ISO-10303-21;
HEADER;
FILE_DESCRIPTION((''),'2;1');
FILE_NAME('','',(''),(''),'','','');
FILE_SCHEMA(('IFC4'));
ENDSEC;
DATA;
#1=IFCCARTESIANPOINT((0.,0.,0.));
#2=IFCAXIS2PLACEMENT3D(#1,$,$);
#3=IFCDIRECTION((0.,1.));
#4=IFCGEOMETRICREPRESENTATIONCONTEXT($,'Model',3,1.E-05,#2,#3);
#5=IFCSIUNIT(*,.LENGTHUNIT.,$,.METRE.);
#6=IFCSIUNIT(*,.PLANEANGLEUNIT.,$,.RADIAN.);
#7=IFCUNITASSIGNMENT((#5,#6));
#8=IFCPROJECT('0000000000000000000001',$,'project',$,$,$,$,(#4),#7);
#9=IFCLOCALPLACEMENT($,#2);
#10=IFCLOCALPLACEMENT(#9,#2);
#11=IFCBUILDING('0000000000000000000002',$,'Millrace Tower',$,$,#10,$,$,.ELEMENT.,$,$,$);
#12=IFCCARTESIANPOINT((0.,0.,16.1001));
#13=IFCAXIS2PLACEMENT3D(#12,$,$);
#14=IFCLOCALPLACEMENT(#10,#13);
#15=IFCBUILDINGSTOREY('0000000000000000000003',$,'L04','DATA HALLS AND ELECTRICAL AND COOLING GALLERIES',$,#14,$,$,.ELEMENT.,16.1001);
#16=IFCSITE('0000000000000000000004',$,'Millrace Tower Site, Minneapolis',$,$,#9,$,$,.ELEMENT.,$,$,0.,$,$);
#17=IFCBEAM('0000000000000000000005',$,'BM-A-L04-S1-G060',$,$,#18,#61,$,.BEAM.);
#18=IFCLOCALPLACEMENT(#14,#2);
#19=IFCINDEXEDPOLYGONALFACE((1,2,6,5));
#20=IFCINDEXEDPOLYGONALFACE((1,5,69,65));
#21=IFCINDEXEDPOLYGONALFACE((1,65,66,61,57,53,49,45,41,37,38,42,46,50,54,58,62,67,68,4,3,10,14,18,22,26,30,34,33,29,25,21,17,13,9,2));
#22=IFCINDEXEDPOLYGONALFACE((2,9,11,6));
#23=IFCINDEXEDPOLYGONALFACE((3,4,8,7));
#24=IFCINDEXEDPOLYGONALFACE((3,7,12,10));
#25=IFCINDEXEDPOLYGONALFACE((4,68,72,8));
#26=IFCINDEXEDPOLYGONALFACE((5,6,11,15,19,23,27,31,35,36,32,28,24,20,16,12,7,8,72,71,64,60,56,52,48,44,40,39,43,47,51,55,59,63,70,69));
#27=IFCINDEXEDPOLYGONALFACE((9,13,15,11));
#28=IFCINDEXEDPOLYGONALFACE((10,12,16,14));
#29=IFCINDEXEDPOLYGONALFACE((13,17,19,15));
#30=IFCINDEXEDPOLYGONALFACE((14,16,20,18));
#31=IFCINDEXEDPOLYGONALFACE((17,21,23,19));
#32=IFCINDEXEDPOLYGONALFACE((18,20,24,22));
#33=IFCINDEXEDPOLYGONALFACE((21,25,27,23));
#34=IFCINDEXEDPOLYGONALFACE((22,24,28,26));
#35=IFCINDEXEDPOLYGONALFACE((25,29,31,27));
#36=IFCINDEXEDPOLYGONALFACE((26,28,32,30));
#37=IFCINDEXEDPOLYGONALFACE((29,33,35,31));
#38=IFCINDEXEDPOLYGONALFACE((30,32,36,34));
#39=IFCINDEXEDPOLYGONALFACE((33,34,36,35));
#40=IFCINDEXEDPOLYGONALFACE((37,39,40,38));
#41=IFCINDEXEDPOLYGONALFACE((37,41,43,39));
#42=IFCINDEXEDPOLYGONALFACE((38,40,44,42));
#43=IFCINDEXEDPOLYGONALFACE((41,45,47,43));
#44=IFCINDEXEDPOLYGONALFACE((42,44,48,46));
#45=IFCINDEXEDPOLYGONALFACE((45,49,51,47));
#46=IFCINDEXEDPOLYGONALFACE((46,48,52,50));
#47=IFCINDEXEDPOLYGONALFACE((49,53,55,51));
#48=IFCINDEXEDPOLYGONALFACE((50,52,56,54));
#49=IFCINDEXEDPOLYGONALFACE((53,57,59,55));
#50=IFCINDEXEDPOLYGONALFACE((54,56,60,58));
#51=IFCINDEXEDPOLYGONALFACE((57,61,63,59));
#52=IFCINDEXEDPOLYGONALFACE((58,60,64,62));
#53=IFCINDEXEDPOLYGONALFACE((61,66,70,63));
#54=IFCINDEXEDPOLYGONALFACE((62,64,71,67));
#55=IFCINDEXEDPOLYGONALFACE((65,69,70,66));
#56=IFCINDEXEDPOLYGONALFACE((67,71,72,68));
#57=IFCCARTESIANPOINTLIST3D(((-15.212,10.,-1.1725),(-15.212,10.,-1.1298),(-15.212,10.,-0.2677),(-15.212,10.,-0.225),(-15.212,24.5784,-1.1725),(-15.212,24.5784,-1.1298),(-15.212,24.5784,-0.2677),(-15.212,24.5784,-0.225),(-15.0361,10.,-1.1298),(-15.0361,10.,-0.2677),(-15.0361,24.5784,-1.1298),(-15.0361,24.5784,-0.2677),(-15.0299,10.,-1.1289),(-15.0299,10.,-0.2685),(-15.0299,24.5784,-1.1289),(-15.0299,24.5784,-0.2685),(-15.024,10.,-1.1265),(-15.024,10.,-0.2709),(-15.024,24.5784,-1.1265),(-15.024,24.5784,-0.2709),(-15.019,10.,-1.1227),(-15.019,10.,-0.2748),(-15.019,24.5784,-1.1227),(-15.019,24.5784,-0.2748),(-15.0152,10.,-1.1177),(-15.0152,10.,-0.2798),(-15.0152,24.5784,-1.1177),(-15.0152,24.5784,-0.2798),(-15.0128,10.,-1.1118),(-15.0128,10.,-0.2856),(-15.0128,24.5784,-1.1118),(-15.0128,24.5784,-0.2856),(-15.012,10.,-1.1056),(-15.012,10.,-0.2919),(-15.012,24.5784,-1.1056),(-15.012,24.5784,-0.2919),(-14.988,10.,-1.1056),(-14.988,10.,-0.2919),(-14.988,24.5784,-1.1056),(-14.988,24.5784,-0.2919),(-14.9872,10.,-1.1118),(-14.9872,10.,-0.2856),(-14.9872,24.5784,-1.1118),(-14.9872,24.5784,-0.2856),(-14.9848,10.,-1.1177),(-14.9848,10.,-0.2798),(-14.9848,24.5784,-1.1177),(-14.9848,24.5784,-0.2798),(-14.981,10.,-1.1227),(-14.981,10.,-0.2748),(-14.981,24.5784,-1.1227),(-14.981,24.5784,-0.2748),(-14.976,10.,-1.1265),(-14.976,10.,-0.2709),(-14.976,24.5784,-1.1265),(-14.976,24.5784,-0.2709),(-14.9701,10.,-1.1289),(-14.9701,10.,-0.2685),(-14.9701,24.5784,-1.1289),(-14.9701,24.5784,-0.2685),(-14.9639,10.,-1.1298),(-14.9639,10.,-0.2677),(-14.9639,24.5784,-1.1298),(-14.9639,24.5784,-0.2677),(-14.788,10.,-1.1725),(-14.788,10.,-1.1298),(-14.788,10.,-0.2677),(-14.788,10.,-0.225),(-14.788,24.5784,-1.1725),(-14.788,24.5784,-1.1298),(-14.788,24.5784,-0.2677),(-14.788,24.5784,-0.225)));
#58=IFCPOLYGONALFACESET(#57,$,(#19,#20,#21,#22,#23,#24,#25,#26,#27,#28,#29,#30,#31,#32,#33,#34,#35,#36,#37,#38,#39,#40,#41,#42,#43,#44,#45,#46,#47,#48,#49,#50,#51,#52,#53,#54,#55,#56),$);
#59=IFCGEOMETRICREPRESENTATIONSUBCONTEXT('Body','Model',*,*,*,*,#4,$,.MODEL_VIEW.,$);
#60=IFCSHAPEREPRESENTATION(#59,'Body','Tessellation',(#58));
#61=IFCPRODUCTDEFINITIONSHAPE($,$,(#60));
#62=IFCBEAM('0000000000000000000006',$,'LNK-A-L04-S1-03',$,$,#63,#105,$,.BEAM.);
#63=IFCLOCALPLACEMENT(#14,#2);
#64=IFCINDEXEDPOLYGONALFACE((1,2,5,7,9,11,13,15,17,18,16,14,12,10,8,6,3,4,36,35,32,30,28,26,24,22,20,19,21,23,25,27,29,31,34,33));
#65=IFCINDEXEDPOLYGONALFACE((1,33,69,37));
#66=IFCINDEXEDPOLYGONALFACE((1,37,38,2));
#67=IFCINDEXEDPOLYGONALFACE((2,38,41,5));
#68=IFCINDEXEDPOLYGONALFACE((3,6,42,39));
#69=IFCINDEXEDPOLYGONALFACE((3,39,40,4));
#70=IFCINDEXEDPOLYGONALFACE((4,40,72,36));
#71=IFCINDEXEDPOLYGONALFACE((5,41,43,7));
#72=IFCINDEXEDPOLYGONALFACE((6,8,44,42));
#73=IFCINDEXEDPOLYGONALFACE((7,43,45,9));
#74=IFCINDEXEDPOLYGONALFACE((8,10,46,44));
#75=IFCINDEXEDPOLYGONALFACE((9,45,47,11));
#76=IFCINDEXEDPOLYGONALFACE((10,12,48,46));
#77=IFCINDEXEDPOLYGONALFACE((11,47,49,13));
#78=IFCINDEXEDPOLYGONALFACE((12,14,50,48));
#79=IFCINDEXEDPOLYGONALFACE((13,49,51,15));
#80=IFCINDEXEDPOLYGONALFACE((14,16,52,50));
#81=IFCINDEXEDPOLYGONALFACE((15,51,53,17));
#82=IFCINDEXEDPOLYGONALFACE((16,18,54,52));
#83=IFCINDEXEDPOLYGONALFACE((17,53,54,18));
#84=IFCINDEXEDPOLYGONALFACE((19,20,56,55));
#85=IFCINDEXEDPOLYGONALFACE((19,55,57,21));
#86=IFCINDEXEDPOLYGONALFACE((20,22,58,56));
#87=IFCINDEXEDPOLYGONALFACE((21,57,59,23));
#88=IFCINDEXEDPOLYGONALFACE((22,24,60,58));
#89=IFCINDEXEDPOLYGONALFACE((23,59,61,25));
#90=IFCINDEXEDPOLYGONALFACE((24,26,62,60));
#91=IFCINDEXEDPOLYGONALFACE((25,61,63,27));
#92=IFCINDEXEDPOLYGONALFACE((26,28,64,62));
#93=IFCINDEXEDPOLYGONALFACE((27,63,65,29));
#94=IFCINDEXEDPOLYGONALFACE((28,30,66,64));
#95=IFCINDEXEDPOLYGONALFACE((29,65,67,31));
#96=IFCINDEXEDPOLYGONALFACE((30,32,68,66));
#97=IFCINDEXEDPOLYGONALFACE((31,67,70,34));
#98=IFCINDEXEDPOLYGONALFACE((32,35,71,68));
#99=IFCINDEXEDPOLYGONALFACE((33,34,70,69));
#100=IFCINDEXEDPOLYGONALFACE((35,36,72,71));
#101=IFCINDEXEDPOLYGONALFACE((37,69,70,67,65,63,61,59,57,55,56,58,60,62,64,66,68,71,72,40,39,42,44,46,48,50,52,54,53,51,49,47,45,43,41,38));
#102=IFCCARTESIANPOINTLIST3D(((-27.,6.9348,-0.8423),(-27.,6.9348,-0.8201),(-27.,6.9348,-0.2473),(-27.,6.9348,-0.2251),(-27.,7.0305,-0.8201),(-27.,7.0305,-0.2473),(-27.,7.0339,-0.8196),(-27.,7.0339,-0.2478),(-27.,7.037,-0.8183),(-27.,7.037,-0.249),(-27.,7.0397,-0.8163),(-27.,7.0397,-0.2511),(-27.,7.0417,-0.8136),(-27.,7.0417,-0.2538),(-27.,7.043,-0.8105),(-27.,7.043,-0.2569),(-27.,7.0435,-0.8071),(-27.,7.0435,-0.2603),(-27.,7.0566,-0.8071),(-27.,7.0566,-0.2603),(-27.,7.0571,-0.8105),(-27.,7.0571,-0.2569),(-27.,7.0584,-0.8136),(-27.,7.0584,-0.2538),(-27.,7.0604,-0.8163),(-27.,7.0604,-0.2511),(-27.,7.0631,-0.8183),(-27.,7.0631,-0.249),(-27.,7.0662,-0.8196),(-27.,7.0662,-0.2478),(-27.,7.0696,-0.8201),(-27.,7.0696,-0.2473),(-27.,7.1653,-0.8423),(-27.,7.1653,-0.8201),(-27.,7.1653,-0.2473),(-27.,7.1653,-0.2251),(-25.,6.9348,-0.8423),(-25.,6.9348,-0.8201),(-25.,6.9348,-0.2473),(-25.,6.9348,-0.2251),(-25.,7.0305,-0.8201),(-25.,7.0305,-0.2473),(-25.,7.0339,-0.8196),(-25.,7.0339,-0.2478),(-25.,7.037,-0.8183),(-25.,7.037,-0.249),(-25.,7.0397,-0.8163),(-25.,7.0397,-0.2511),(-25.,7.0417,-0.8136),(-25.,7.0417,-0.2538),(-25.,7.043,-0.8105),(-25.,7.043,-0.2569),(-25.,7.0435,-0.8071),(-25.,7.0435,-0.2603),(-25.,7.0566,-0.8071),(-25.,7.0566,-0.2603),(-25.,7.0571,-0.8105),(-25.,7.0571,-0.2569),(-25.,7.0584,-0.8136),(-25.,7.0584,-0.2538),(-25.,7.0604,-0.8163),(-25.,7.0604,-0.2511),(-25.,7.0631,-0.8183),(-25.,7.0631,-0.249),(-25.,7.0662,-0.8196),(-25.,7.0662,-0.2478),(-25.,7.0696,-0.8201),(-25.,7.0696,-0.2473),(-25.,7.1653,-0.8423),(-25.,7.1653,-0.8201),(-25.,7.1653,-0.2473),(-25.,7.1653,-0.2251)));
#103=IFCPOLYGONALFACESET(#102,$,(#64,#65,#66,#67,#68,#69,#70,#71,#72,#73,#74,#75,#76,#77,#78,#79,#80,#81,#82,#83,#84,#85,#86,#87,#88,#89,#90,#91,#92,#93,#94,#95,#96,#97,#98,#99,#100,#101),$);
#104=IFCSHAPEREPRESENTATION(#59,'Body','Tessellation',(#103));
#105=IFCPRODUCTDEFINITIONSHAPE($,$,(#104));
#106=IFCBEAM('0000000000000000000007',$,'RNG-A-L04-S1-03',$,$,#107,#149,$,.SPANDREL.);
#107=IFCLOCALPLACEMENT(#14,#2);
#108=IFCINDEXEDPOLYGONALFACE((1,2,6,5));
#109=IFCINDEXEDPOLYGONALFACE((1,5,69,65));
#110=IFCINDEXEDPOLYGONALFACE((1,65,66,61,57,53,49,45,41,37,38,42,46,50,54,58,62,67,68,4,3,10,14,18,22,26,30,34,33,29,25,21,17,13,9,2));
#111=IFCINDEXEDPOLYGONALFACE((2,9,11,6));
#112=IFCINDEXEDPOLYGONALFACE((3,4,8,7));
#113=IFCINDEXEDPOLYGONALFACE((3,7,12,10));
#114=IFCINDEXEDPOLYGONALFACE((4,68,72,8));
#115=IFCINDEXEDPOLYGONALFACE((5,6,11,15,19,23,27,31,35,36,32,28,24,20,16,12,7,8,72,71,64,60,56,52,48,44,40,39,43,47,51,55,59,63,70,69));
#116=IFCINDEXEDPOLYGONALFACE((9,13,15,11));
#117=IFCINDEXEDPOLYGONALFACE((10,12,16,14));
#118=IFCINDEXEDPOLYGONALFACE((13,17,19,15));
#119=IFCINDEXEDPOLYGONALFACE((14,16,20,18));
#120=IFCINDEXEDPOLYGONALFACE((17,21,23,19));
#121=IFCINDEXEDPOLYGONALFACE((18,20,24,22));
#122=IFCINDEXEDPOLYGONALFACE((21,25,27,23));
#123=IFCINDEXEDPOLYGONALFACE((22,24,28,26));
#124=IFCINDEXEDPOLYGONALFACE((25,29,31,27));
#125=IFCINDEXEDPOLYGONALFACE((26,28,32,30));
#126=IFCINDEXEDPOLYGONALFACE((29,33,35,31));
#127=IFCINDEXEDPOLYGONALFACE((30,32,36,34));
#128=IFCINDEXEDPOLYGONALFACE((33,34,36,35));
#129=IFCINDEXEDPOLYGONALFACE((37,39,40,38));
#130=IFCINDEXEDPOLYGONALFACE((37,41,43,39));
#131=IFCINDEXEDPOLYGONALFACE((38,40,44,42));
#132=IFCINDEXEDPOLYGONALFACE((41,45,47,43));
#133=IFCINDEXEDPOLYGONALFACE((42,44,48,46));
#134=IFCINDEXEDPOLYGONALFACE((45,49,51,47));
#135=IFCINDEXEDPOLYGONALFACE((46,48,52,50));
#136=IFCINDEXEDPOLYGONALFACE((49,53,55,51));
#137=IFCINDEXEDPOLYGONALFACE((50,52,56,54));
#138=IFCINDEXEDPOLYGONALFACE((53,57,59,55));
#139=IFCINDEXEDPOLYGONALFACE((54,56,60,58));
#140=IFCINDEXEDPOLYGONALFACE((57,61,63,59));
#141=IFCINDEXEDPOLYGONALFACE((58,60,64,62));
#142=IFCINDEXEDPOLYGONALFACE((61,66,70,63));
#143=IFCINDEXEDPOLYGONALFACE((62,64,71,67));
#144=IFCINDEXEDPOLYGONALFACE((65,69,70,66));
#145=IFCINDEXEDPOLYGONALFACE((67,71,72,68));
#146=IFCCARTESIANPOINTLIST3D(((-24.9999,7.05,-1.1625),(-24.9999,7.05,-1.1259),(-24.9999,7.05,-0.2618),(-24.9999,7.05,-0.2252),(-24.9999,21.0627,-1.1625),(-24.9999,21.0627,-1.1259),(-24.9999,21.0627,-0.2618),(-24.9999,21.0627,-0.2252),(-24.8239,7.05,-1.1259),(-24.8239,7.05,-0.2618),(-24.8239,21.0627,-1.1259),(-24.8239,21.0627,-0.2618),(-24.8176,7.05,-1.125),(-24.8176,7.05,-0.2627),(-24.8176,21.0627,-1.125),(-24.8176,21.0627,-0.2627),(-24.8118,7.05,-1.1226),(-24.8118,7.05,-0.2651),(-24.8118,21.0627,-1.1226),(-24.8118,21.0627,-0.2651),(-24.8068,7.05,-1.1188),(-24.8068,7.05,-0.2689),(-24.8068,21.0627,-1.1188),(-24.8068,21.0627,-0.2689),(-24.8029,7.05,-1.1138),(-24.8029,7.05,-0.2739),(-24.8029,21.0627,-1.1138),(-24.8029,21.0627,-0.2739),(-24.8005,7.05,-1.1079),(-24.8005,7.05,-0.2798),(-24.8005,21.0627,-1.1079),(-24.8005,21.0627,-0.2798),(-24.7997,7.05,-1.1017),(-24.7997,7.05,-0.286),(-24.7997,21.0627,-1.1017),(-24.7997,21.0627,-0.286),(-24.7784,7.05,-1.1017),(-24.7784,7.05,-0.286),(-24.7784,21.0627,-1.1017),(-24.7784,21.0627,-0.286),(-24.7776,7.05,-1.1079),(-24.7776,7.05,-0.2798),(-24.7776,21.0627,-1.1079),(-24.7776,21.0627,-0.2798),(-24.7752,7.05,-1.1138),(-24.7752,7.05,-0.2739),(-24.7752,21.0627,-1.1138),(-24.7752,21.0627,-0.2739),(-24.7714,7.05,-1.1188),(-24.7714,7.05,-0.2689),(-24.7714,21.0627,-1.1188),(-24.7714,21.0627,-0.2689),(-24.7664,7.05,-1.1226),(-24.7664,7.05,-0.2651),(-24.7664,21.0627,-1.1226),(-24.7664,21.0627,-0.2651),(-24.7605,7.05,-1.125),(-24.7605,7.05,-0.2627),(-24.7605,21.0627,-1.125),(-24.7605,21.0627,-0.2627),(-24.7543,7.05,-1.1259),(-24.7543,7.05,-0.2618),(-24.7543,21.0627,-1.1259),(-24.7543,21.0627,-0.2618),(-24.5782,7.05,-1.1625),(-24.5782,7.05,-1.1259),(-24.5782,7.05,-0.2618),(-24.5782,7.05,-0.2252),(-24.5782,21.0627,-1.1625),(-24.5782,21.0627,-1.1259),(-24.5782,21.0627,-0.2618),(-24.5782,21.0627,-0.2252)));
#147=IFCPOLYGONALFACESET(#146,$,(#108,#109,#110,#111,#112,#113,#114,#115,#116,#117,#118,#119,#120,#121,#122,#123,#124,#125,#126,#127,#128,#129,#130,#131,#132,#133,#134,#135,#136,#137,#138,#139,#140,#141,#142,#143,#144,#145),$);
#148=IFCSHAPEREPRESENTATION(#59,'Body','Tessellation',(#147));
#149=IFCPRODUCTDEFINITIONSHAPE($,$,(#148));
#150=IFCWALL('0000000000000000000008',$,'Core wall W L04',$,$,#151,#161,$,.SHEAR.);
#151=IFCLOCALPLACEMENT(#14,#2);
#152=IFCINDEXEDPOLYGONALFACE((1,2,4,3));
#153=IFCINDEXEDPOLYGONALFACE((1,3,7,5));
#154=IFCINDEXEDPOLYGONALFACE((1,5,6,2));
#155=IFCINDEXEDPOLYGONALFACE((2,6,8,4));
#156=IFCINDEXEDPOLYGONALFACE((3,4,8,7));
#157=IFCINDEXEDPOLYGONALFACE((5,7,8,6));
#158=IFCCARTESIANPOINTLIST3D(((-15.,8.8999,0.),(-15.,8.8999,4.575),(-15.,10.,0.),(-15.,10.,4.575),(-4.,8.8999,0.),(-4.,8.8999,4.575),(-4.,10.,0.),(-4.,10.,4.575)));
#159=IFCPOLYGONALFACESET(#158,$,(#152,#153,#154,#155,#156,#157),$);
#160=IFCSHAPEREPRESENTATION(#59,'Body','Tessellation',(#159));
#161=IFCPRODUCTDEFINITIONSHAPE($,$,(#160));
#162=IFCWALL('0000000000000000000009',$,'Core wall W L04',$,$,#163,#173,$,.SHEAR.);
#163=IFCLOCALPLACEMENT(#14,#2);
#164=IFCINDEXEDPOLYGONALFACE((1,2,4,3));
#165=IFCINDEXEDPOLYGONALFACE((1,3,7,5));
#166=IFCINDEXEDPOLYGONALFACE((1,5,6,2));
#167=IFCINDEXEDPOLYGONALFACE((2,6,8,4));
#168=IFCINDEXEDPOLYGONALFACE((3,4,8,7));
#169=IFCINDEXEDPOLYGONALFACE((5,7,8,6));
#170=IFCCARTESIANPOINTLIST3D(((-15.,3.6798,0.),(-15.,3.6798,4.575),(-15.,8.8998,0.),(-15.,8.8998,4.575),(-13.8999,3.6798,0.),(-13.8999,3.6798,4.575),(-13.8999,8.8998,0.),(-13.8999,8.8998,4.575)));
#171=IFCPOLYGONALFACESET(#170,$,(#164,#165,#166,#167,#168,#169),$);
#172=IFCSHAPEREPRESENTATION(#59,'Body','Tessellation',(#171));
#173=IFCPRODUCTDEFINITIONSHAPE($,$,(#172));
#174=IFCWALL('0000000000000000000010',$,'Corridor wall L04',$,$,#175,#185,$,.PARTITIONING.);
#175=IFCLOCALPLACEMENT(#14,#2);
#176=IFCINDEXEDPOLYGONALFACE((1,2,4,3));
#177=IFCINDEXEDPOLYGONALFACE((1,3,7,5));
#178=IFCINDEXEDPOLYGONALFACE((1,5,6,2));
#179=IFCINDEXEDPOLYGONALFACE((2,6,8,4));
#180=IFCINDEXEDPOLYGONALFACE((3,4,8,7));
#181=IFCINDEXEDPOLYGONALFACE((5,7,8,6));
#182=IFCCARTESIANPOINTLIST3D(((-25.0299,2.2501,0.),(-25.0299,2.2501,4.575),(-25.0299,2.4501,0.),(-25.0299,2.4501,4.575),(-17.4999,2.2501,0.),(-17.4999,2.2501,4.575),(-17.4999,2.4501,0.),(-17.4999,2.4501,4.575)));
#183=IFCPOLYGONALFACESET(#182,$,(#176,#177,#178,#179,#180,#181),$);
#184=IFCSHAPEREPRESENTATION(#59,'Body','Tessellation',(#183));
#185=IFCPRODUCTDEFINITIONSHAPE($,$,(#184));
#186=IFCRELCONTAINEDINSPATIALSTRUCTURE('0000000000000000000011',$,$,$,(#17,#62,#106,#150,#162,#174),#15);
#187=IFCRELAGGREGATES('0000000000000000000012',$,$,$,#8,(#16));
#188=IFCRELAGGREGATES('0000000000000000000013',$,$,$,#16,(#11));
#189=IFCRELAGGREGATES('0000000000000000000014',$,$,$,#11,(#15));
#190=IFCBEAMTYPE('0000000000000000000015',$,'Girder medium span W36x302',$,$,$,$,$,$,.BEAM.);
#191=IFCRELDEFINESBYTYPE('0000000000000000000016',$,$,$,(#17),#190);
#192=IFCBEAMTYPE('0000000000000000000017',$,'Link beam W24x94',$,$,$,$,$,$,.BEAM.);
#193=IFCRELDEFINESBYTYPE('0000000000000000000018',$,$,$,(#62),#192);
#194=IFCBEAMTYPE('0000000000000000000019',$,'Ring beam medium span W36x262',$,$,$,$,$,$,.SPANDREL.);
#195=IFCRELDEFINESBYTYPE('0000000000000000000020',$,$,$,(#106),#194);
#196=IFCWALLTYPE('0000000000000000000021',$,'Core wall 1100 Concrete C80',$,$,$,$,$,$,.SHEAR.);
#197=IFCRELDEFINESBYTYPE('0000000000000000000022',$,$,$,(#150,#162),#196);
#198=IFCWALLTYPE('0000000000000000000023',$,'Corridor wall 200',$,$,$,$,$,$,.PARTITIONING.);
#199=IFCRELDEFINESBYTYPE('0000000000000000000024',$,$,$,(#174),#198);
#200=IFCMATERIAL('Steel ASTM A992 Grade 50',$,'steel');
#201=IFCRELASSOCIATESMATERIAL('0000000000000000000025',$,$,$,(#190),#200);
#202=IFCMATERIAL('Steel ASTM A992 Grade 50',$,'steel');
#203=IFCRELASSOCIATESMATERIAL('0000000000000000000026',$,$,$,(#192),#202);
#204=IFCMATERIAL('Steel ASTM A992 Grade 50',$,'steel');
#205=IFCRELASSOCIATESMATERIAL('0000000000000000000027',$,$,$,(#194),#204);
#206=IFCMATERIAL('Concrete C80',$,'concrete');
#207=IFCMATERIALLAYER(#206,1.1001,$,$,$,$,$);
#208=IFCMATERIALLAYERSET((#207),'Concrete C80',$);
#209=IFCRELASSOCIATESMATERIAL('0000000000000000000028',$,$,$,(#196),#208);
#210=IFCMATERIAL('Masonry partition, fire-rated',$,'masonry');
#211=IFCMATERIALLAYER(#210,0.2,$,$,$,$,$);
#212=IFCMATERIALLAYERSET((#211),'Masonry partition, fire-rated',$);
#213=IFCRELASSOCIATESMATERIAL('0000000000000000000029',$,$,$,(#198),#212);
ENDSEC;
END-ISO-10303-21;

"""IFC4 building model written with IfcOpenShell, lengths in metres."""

from ifc_helpers import new_model, si_unit, direction, frame, frame_2d, origin, origin_2d, place, context, subcontext, project, spatial, rectangle, i_section, extrude, material, layer, layer_set, material_profile, profile_set, type_object, element, save


model = new_model("IFC4")

# Units and contexts
model_context = context("Model", 3, precision=1e-05, world=origin(), true_north=direction((0.0, 1.0)))
body_context = subcontext(model_context, "Body", "Model", "MODEL_VIEW")
ifc_project = project(units=[si_unit("LENGTHUNIT", "METRE"), si_unit("PLANEANGLEUNIT", "RADIAN")], contexts=[model_context])

# Site, building, storey
site_placement = place(None, origin())
site = spatial("IfcSite", under=ifc_project, at=site_placement, Name="Millrace Tower Site, Minneapolis", CompositionType="ELEMENT", RefElevation=0.0)
building_placement = place(site_placement, origin())
building = spatial("IfcBuilding", under=site, at=building_placement, Name="Millrace Tower", CompositionType="ELEMENT")
storey_placement = place(building_placement, frame((0.0, 0.0, 16.1001)))
storey = spatial("IfcBuildingStorey", under=building, at=storey_placement, Name="L04", Description="DATA HALLS AND ELECTRICAL AND COOLING GALLERIES", CompositionType="ELEMENT", Elevation=16.1001)

# Beams
ifc_material_1 = material(Name="Steel ASTM A992 Grade 50", Category="steel")
ifc_material_profile_1 = material_profile(ifc_material_1, i_section(OverallWidth=0.4241, OverallDepth=0.9475, WebThickness=0.0239, FlangeThickness=0.0427, FilletRadius=0.0242, at=origin_2d()))
ifc_profile_set_1 = profile_set([ifc_material_profile_1], Name="Steel ASTM A992 Grade 50")
beam_type_1 = type_object("IfcBeamType", Name="Girder medium span W36x302", PredefinedType="BEAM", material=ifc_profile_set_1)
beam_1_placement = place(storey_placement, frame((-15.0, 10.0, -0.6987), z_axis=(0.0, 1.0, 0.0), x_axis=(-1.0, 0.0, 0.0)))
element("IfcBeam", 1, at=beam_1_placement, inside=storey, type_object=beam_type_1, Name="BM-A-L04-S1-G060", PredefinedType="BEAM", context=body_context, shape_type="SweptSolid", body=[
    extrude(i_section(OverallWidth=0.4241, OverallDepth=0.9475, WebThickness=0.0239, FlangeThickness=0.0427, FilletRadius=0.0242, at=origin_2d()), origin(), (0.0, 0.0, 1.0), 14.5784),
])
ifc_material_2 = material(Name="Steel ASTM A992 Grade 50", Category="steel")
ifc_material_profile_2 = material_profile(ifc_material_2, i_section(OverallWidth=0.2305, OverallDepth=0.6172, WebThickness=0.0132, FlangeThickness=0.0222, FilletRadius=0.0129, at=origin_2d()))
ifc_profile_set_2 = profile_set([ifc_material_profile_2], Name="Steel ASTM A992 Grade 50")
beam_type_2 = type_object("IfcBeamType", Name="Link beam W24x94", PredefinedType="BEAM", material=ifc_profile_set_2)
beam_2_placement = place(storey_placement, frame((-25.0, 7.05, -0.5337), z_axis=(-1.0, 0.0, 0.0), x_axis=(0.0, -1.0, 0.0)))
element("IfcBeam", 2, at=beam_2_placement, inside=storey, type_object=beam_type_2, Name="LNK-A-L04-S1-03", PredefinedType="BEAM", context=body_context, shape_type="SweptSolid", body=[
    extrude(i_section(OverallWidth=0.2305, OverallDepth=0.6172, WebThickness=0.0132, FlangeThickness=0.0222, FilletRadius=0.0129, at=origin_2d()), origin(), (0.0, 0.0, 1.0), 2.0),
])
ifc_material_3 = material(Name="Steel ASTM A992 Grade 50", Category="steel")
ifc_material_profile_3 = material_profile(ifc_material_3, i_section(OverallWidth=0.4216, OverallDepth=0.9373, WebThickness=0.0212, FlangeThickness=0.0366, FilletRadius=0.0242, at=origin_2d()))
ifc_profile_set_3 = profile_set([ifc_material_profile_3], Name="Steel ASTM A992 Grade 50")
beam_type_3 = type_object("IfcBeamType", Name="Ring beam medium span W36x262", PredefinedType="SPANDREL", material=ifc_profile_set_3)
beam_3_placement = place(storey_placement, frame((-24.7891, 7.05, -0.6938), z_axis=(0.0, 1.0, 0.0), x_axis=(-1.0, 0.0, 0.0)))
element("IfcBeam", 3, at=beam_3_placement, inside=storey, type_object=beam_type_3, Name="RNG-A-L04-S1-03", PredefinedType="SPANDREL", context=body_context, shape_type="SweptSolid", body=[
    extrude(i_section(OverallWidth=0.4216, OverallDepth=0.9373, WebThickness=0.0212, FlangeThickness=0.0366, FilletRadius=0.0242, at=origin_2d()), origin(), (0.0, 0.0, 1.0), 14.0127),
])

# Walls
ifc_material_4 = material(Name="Concrete C80", Category="concrete")
ifc_layer_1 = layer(ifc_material_4, 1.1001)
ifc_layer_set_1 = layer_set([ifc_layer_1], Name="Concrete C80")
wall_type_1 = type_object("IfcWallType", Name="Core wall 1100 Concrete C80", PredefinedType="SHEAR", material=ifc_layer_set_1)
wall_1_placement = place(storey_placement, frame((-15.0, 9.45, 0.0), z_axis=(0.0, 0.0, 1.0), x_axis=(1.0, 0.0, 0.0)))
element("IfcWall", 4, at=wall_1_placement, inside=storey, type_object=wall_type_1, Name="Core wall W L04", PredefinedType="SHEAR", context=body_context, shape_type="SweptSolid", body=[
    extrude(rectangle(XDim=11.0, YDim=1.1001, at=frame_2d((5.5, 0.0))), origin(), (0.0, 0.0, 1.0), 4.575),
])
wall_2_placement = place(storey_placement, frame((-14.45, 3.6799, 0.0), z_axis=(0.0, 0.0, 1.0), x_axis=(0.0, 1.0, 0.0)))
element("IfcWall", 5, at=wall_2_placement, inside=storey, type_object=wall_type_1, Name="Core wall W L04", PredefinedType="SHEAR", context=body_context, shape_type="SweptSolid", body=[
    extrude(rectangle(XDim=5.22, YDim=1.1001, at=frame_2d((2.6099, 0.0))), origin(), (0.0, 0.0, 1.0), 4.575),
])
ifc_material_5 = material(Name="Masonry partition, fire-rated", Category="masonry")
ifc_layer_2 = layer(ifc_material_5, 0.2)
ifc_layer_set_2 = layer_set([ifc_layer_2], Name="Masonry partition, fire-rated")
wall_type_2 = type_object("IfcWallType", Name="Corridor wall 200", PredefinedType="PARTITIONING", material=ifc_layer_set_2)
wall_3_placement = place(storey_placement, frame((-25.03, 2.3501, 0.0), z_axis=(0.0, 0.0, 1.0), x_axis=(1.0, 0.0, 0.0)))
element("IfcWall", 6, at=wall_3_placement, inside=storey, type_object=wall_type_2, Name="Corridor wall L04", PredefinedType="PARTITIONING", context=body_context, shape_type="SweptSolid", body=[
    extrude(rectangle(XDim=7.53, YDim=0.2, at=frame_2d((3.7651, 0.0))), origin(), (0.0, 0.0, 1.0), 4.575),
])

save(model, "model.ifc")
